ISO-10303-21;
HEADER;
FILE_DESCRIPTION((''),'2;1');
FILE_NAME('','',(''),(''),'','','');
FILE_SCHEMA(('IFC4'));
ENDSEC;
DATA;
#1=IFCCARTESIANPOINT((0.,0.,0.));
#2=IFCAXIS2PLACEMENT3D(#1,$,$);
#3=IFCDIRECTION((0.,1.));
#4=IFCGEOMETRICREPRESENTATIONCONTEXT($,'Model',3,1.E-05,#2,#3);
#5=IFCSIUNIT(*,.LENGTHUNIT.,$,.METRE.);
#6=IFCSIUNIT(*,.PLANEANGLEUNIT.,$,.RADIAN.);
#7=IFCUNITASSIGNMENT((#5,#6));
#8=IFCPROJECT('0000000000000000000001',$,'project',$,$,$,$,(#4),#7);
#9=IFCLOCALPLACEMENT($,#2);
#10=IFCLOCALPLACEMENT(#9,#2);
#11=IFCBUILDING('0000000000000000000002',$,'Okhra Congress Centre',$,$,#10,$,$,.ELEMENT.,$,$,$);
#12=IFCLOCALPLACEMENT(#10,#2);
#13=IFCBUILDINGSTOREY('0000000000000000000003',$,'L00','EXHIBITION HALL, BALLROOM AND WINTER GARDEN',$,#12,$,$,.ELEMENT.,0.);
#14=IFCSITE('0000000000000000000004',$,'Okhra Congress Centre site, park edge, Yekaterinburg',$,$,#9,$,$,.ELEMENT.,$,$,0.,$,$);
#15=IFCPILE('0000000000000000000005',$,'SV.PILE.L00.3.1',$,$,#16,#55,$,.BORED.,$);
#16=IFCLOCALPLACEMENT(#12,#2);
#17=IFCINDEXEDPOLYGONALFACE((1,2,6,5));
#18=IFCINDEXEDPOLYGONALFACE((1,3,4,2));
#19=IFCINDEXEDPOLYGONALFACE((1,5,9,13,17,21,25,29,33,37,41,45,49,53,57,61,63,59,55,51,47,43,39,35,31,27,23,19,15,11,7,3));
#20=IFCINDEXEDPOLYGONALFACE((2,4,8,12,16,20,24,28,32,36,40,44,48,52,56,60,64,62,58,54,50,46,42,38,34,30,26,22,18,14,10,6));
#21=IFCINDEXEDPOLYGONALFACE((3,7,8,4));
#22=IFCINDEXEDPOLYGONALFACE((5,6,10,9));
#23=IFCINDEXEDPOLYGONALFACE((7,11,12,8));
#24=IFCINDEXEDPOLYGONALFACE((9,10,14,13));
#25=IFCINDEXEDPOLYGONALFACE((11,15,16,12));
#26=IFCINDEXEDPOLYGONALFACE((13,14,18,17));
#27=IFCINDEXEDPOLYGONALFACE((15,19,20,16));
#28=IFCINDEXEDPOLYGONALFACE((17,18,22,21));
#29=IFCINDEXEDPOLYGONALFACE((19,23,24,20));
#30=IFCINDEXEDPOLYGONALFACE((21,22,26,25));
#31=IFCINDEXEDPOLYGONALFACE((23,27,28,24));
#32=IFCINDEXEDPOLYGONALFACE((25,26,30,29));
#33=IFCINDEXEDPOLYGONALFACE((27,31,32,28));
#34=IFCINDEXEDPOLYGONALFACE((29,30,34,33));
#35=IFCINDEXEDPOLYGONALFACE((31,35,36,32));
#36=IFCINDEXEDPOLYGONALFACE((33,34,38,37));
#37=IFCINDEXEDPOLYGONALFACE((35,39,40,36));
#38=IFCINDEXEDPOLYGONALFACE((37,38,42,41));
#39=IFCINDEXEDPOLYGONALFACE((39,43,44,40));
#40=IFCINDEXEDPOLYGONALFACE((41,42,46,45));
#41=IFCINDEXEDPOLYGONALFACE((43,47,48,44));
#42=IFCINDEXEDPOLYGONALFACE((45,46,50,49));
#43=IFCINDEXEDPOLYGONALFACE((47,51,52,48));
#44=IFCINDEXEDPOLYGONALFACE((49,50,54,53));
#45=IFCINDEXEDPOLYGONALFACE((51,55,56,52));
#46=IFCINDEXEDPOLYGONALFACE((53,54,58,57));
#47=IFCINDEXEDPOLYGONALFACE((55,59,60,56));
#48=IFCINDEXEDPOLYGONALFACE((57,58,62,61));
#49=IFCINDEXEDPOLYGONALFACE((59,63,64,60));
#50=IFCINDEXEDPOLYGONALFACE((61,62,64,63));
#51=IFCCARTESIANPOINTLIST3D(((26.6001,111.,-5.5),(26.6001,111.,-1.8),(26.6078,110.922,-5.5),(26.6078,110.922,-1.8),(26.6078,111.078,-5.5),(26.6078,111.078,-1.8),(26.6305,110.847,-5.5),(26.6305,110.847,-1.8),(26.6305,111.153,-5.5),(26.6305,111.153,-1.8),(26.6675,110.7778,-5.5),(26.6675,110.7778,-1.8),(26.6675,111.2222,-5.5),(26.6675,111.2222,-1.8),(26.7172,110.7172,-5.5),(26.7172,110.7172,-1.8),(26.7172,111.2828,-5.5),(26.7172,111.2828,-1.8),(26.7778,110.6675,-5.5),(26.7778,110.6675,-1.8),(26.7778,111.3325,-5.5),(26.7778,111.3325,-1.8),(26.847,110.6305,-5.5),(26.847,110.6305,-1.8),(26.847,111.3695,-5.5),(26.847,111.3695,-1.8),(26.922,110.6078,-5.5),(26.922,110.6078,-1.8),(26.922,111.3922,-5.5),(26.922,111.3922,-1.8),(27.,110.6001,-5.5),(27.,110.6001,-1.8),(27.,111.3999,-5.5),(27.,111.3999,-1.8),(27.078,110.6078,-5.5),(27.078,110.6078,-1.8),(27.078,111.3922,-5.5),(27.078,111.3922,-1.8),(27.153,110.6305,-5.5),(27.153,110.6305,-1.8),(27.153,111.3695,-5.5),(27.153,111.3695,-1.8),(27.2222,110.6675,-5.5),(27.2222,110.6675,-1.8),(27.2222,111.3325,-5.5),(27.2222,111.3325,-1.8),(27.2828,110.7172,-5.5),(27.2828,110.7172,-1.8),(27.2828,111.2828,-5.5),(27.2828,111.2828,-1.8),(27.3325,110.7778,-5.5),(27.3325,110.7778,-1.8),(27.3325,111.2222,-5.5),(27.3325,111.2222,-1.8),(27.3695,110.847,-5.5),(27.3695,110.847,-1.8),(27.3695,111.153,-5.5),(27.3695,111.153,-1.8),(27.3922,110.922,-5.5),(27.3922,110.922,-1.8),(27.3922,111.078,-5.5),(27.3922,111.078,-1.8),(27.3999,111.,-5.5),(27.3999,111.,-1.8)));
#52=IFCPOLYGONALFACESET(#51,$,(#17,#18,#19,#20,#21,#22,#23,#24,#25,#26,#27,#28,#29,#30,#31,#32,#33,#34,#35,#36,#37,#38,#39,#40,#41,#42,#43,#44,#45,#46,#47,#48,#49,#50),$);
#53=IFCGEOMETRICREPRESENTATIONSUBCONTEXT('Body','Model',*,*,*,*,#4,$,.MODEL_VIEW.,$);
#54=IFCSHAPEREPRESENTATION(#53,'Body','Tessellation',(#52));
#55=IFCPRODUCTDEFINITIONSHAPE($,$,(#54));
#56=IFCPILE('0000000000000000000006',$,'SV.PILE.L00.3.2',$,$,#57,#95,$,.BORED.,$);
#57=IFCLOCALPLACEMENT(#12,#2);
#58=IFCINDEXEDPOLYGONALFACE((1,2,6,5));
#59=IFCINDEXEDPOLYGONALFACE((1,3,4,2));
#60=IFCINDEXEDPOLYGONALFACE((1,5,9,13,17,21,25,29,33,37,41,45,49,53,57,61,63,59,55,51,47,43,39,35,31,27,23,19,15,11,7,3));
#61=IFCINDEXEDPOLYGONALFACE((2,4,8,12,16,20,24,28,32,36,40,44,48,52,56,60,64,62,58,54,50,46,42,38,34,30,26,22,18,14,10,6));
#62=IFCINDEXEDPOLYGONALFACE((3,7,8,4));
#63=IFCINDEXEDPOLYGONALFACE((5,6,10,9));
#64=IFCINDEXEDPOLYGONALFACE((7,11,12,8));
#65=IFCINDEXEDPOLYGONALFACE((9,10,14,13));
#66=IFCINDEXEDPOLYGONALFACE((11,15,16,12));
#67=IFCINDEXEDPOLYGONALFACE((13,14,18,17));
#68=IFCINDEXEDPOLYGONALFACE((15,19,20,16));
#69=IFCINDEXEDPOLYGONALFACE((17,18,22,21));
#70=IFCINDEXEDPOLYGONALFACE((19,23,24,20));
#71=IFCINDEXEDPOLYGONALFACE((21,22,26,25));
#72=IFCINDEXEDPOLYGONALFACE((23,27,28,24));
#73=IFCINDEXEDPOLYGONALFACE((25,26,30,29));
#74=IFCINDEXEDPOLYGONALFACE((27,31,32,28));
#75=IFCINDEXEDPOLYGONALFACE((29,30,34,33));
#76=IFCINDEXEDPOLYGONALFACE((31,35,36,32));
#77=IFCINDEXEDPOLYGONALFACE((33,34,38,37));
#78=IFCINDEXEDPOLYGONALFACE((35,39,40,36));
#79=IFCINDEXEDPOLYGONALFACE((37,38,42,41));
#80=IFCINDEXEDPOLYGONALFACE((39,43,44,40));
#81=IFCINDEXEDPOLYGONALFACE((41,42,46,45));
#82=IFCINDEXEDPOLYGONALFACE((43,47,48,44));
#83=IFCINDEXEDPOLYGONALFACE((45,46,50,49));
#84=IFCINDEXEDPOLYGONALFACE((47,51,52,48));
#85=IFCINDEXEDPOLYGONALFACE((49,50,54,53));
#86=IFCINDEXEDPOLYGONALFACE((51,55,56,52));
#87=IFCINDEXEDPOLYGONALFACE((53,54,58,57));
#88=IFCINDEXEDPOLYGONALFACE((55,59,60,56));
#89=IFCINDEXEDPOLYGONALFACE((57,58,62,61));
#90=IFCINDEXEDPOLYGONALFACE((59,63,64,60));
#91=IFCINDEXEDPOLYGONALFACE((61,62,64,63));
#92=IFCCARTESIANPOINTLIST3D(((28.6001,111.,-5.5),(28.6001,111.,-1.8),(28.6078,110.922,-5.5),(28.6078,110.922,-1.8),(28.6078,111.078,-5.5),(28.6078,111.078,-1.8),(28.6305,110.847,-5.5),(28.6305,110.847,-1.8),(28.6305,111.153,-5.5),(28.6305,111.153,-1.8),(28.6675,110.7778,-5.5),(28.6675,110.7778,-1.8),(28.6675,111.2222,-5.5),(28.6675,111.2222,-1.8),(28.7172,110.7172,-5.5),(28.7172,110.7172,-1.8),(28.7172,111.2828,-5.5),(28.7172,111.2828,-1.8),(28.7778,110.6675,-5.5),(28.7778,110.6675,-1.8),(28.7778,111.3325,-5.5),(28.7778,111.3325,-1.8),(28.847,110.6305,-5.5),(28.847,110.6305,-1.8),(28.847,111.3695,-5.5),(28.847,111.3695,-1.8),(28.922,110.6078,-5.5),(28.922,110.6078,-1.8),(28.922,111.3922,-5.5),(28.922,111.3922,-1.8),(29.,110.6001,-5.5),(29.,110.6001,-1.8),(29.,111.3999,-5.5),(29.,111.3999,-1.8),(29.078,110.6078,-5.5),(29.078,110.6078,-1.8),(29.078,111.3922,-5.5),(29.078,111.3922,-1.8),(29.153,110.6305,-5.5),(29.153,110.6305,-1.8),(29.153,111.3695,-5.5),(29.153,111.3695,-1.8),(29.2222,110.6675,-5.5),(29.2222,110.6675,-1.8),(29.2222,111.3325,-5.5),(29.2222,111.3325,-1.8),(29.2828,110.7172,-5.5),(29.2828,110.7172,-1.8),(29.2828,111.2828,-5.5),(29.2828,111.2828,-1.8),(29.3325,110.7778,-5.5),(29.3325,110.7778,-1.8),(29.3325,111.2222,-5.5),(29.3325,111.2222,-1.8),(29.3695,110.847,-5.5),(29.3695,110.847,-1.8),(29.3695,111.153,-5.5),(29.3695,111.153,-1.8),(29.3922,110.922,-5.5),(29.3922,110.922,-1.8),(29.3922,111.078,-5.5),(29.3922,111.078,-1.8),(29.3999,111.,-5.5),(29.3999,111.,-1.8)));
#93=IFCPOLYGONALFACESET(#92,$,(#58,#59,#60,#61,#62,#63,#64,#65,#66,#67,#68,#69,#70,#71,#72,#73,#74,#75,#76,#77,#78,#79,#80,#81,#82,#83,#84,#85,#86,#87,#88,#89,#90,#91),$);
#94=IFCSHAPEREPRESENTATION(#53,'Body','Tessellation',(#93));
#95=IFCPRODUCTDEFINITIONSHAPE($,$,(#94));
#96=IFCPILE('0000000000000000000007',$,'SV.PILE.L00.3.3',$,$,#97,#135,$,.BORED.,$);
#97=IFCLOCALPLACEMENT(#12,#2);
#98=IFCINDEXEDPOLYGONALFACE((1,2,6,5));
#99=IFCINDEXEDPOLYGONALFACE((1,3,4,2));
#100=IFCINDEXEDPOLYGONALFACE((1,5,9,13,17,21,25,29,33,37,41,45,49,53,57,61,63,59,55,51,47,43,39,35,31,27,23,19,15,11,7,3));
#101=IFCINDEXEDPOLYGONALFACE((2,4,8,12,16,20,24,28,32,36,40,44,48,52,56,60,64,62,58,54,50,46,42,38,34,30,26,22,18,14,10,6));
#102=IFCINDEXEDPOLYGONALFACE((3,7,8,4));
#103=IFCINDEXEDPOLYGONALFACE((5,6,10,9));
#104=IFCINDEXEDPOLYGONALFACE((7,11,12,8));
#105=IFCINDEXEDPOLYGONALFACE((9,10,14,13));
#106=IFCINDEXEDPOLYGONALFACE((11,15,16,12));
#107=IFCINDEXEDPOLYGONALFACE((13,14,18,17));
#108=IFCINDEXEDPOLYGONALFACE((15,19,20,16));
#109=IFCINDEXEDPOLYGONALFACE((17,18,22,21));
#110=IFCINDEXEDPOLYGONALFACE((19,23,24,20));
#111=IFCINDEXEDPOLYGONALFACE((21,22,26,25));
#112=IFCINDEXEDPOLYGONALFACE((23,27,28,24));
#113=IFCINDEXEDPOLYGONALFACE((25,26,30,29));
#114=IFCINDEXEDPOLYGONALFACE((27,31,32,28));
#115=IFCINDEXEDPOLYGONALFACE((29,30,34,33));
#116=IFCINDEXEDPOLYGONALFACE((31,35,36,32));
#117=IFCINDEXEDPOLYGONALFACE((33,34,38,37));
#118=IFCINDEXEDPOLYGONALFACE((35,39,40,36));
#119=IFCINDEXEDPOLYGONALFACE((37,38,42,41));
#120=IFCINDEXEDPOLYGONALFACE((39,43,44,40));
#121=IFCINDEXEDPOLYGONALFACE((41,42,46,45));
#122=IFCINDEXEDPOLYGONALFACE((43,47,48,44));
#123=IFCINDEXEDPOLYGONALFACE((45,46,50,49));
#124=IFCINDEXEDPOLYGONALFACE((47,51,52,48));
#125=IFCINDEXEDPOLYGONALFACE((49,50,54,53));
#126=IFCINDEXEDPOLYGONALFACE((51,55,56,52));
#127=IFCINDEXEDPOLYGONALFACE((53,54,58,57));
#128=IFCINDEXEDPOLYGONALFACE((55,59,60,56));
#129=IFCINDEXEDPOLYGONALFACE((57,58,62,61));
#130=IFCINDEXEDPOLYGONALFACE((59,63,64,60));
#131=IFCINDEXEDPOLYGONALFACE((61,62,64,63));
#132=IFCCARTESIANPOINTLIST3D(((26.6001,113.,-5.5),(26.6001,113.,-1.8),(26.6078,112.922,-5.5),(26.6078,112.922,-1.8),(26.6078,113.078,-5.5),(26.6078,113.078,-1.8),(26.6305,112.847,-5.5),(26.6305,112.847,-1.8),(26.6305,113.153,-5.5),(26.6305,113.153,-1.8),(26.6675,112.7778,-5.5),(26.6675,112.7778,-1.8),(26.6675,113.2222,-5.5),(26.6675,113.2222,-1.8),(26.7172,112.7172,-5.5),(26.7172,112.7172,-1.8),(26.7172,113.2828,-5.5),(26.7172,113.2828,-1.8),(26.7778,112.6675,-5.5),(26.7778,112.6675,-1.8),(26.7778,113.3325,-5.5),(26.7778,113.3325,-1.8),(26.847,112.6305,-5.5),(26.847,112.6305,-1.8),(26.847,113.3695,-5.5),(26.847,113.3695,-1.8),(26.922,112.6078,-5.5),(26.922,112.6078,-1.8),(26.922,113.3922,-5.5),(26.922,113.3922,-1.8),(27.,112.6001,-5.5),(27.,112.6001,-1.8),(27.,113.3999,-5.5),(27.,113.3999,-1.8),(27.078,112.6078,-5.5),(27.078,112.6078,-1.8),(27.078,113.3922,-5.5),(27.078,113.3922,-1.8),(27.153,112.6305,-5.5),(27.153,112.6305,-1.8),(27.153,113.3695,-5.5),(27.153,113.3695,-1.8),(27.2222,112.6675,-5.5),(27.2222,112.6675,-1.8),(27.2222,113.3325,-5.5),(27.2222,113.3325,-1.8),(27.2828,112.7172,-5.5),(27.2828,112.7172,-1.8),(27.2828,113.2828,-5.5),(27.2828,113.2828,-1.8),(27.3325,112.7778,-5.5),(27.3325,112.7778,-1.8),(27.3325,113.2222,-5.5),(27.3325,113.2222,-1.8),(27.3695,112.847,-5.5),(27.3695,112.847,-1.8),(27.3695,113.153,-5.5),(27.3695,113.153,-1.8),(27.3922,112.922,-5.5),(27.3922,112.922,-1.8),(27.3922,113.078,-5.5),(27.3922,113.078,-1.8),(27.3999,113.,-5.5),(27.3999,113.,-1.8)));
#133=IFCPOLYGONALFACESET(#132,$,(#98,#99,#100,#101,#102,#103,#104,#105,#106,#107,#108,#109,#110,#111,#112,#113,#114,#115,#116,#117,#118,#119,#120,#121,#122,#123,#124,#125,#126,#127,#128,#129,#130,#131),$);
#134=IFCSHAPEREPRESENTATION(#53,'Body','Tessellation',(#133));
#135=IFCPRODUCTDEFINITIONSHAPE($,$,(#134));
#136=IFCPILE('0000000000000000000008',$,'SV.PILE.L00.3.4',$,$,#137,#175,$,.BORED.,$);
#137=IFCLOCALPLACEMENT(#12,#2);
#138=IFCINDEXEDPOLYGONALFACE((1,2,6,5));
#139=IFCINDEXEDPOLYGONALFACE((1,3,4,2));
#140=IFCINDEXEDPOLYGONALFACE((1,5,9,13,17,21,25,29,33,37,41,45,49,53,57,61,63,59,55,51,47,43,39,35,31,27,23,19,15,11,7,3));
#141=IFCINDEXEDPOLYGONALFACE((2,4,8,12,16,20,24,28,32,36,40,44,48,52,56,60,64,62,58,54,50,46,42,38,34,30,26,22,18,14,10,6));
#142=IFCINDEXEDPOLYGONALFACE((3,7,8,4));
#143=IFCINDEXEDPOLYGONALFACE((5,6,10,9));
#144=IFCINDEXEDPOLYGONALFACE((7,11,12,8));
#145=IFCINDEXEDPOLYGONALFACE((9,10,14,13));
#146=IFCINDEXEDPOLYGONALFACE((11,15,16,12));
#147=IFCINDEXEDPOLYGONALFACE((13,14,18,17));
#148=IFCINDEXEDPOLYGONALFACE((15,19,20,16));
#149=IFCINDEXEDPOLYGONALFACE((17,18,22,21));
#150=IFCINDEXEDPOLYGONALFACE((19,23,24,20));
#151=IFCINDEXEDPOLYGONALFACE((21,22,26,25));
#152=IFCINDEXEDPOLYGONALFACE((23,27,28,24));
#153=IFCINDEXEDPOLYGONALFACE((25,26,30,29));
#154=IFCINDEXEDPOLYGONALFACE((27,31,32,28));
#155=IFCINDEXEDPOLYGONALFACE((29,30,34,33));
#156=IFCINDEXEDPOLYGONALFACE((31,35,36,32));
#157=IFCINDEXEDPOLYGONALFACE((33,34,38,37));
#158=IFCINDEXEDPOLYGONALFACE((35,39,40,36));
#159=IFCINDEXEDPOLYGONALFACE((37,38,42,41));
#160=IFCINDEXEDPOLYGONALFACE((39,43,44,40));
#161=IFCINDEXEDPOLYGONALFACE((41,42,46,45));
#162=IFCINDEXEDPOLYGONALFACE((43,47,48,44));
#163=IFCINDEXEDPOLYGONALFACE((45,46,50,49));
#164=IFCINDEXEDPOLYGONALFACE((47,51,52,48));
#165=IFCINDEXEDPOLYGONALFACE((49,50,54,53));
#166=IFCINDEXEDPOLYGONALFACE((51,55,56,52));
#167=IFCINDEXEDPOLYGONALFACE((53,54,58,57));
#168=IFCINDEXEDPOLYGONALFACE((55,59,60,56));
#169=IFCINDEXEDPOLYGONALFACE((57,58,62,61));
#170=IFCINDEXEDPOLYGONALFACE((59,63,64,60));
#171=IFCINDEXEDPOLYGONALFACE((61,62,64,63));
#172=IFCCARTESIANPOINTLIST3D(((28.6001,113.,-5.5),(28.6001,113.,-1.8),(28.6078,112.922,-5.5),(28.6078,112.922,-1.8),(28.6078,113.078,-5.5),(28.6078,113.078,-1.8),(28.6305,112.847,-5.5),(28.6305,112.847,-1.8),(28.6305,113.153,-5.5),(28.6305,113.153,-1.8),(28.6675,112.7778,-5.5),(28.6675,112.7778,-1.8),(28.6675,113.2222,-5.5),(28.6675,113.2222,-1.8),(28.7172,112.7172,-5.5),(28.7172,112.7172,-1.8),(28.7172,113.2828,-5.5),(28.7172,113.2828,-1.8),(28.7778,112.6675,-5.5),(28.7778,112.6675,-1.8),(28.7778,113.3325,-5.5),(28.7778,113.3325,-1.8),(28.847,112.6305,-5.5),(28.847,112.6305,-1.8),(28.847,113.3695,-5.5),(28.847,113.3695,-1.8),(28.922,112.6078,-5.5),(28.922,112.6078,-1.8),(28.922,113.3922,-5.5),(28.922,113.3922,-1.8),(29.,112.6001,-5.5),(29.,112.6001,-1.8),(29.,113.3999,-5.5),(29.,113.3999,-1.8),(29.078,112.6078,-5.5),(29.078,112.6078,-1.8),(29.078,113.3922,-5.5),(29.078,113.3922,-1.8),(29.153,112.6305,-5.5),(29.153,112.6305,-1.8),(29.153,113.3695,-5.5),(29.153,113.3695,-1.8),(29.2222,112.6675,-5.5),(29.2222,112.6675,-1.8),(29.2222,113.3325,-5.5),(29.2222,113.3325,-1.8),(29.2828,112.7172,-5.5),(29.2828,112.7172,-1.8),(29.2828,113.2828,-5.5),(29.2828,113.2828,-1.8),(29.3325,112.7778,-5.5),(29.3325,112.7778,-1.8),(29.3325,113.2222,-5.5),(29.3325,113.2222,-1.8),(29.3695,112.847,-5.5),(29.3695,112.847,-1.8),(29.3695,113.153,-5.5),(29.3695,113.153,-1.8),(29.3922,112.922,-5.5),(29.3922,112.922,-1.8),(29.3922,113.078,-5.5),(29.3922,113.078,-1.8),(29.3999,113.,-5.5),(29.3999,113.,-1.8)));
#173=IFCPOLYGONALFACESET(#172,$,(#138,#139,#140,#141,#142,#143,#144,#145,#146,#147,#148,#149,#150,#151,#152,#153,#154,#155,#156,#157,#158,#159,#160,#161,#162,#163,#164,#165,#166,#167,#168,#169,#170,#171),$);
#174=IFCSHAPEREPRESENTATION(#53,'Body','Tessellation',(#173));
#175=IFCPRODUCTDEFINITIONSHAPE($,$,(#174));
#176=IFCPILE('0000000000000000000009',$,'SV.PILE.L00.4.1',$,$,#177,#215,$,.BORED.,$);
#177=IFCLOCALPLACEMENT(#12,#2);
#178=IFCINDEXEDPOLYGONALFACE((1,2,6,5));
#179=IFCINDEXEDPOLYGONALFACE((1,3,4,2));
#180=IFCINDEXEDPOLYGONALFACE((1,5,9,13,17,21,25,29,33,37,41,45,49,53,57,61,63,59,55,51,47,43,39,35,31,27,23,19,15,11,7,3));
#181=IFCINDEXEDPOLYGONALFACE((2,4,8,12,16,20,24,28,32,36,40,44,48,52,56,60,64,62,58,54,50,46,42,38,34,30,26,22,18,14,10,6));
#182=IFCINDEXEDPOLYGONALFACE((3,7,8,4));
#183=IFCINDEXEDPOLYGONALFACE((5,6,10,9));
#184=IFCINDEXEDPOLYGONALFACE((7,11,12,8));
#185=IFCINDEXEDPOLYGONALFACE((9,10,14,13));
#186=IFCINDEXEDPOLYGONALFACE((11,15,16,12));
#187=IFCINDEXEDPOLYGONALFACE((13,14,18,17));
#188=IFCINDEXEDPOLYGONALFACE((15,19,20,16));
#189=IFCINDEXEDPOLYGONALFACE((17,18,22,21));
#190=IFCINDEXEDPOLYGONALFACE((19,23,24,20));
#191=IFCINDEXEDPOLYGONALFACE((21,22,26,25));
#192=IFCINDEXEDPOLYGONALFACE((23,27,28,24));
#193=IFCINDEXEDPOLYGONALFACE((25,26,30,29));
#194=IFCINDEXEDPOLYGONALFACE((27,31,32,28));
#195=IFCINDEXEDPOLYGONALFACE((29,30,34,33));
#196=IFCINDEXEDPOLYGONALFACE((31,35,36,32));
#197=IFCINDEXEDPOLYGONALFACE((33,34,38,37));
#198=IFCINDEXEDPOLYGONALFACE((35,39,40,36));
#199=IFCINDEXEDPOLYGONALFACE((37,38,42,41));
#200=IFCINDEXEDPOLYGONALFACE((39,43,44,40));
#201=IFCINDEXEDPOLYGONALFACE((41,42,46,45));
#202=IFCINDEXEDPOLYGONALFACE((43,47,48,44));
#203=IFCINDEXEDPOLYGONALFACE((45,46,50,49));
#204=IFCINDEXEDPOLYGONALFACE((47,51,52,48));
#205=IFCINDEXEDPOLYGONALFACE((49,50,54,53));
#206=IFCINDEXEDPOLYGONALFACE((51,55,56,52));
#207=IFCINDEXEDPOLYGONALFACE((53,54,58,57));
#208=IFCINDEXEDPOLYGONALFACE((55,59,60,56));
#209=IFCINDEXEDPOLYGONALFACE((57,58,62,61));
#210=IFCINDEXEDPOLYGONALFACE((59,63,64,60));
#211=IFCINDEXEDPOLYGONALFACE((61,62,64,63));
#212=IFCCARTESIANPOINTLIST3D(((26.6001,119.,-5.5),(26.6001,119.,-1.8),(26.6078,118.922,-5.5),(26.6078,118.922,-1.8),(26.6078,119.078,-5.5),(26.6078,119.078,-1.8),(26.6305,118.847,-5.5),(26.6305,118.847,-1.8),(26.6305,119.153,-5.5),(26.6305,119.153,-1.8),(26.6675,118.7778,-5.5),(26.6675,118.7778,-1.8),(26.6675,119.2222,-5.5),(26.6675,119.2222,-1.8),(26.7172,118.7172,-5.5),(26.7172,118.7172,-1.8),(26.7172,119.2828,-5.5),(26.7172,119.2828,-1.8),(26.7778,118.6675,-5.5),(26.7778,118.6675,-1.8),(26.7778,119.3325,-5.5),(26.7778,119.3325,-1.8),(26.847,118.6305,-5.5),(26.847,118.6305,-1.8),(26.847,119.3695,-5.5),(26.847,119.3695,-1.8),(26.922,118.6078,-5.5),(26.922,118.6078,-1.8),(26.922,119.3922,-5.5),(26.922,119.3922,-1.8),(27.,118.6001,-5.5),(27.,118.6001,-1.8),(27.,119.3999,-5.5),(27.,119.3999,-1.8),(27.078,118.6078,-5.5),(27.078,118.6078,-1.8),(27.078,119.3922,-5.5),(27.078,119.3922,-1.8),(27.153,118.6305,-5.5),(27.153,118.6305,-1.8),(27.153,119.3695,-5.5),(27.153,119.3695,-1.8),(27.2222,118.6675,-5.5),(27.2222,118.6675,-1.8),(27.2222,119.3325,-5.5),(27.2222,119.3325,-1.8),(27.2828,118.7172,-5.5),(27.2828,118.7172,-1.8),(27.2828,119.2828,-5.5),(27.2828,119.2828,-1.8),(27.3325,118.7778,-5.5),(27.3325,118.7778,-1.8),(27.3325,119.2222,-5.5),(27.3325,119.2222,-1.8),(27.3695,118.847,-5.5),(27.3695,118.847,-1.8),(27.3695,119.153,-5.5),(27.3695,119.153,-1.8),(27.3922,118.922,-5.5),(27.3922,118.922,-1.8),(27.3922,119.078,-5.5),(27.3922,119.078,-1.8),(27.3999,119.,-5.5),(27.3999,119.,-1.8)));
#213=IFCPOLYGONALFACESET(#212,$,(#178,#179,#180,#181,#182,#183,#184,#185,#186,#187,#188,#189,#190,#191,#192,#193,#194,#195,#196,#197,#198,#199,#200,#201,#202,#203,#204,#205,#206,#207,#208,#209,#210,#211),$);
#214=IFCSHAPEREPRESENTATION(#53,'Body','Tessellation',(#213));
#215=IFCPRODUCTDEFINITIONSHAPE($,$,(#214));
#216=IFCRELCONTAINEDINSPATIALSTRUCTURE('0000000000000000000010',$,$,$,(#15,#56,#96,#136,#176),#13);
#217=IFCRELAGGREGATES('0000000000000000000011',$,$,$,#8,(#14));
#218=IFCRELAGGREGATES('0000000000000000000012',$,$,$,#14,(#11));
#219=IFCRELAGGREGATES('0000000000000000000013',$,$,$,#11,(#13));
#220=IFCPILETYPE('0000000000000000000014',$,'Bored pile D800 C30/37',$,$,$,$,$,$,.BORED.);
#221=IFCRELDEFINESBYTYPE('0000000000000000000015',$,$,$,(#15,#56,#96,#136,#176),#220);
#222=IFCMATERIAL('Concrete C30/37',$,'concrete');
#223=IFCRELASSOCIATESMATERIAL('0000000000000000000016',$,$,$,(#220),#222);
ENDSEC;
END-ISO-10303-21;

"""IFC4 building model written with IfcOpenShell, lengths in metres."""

from ifc_helpers import new_model, si_unit, direction, frame, origin, origin_2d, place, context, subcontext, project, spatial, circle, extrude, material, material_profile, profile_set, type_object, element, save


model = new_model("IFC4")

# Units and contexts
model_context = context("Model", 3, precision=1e-05, world=origin(), true_north=direction((0.0, 1.0)))
body_context = subcontext(model_context, "Body", "Model", "MODEL_VIEW")
ifc_project = project(units=[si_unit("LENGTHUNIT", "METRE"), si_unit("PLANEANGLEUNIT", "RADIAN")], contexts=[model_context])

# Site, building, storey
site_placement = place(None, origin())
site = spatial("IfcSite", under=ifc_project, at=site_placement, Name="Okhra Congress Centre site, park edge, Yekaterinburg", CompositionType="ELEMENT", RefElevation=0.0)
building_placement = place(site_placement, origin())
building = spatial("IfcBuilding", under=site, at=building_placement, Name="Okhra Congress Centre", CompositionType="ELEMENT")
storey_placement = place(building_placement, origin())
storey = spatial("IfcBuildingStorey", under=building, at=storey_placement, Name="L00", Description="EXHIBITION HALL, BALLROOM AND WINTER GARDEN", CompositionType="ELEMENT", Elevation=0.0)

# Piles
ifc_material_1 = material(Name="Concrete C30/37", Category="concrete")
ifc_material_profile_1 = material_profile(ifc_material_1, circle(Radius=0.3999, at=origin_2d()), Name="D800")
ifc_profile_set_1 = profile_set([ifc_material_profile_1], Name="Concrete C30/37")
pile_type = type_object("IfcPileType", Name="Bored pile D800 C30/37", PredefinedType="BORED", material=ifc_profile_set_1)
for number, where, z_axis, x_axis, name in (
    (1, (27.0, 111.0, -1.8), (0.0, 0.0, -1.0), (1.0, 0.0, 0.0), "SV.PILE.L00.3.1"),
    (2, (29.0, 111.0, -1.8), (0.0, 0.0, -1.0), (1.0, 0.0, 0.0), "SV.PILE.L00.3.2"),
    (3, (27.0, 113.0, -1.8), (0.0, 0.0, -1.0), (1.0, 0.0, 0.0), "SV.PILE.L00.3.3"),
    (4, (29.0, 113.0, -1.8), (0.0, 0.0, -1.0), (1.0, 0.0, 0.0), "SV.PILE.L00.3.4"),
    (5, (27.0, 119.0, -1.8), (0.0, 0.0, -1.0), (1.0, 0.0, 0.0), "SV.PILE.L00.4.1"),
):
    element("IfcPile", number, at=place(storey_placement, frame(where, z_axis=z_axis, x_axis=x_axis)), inside=storey, type_object=pile_type, Name=name, PredefinedType="BORED", context=body_context, shape_type="SweptSolid", body=[
        extrude(circle(Radius=0.3999, at=origin_2d()), origin(), (0.0, 0.0, 1.0), 3.7),
    ])

save(model, "model.ifc")
